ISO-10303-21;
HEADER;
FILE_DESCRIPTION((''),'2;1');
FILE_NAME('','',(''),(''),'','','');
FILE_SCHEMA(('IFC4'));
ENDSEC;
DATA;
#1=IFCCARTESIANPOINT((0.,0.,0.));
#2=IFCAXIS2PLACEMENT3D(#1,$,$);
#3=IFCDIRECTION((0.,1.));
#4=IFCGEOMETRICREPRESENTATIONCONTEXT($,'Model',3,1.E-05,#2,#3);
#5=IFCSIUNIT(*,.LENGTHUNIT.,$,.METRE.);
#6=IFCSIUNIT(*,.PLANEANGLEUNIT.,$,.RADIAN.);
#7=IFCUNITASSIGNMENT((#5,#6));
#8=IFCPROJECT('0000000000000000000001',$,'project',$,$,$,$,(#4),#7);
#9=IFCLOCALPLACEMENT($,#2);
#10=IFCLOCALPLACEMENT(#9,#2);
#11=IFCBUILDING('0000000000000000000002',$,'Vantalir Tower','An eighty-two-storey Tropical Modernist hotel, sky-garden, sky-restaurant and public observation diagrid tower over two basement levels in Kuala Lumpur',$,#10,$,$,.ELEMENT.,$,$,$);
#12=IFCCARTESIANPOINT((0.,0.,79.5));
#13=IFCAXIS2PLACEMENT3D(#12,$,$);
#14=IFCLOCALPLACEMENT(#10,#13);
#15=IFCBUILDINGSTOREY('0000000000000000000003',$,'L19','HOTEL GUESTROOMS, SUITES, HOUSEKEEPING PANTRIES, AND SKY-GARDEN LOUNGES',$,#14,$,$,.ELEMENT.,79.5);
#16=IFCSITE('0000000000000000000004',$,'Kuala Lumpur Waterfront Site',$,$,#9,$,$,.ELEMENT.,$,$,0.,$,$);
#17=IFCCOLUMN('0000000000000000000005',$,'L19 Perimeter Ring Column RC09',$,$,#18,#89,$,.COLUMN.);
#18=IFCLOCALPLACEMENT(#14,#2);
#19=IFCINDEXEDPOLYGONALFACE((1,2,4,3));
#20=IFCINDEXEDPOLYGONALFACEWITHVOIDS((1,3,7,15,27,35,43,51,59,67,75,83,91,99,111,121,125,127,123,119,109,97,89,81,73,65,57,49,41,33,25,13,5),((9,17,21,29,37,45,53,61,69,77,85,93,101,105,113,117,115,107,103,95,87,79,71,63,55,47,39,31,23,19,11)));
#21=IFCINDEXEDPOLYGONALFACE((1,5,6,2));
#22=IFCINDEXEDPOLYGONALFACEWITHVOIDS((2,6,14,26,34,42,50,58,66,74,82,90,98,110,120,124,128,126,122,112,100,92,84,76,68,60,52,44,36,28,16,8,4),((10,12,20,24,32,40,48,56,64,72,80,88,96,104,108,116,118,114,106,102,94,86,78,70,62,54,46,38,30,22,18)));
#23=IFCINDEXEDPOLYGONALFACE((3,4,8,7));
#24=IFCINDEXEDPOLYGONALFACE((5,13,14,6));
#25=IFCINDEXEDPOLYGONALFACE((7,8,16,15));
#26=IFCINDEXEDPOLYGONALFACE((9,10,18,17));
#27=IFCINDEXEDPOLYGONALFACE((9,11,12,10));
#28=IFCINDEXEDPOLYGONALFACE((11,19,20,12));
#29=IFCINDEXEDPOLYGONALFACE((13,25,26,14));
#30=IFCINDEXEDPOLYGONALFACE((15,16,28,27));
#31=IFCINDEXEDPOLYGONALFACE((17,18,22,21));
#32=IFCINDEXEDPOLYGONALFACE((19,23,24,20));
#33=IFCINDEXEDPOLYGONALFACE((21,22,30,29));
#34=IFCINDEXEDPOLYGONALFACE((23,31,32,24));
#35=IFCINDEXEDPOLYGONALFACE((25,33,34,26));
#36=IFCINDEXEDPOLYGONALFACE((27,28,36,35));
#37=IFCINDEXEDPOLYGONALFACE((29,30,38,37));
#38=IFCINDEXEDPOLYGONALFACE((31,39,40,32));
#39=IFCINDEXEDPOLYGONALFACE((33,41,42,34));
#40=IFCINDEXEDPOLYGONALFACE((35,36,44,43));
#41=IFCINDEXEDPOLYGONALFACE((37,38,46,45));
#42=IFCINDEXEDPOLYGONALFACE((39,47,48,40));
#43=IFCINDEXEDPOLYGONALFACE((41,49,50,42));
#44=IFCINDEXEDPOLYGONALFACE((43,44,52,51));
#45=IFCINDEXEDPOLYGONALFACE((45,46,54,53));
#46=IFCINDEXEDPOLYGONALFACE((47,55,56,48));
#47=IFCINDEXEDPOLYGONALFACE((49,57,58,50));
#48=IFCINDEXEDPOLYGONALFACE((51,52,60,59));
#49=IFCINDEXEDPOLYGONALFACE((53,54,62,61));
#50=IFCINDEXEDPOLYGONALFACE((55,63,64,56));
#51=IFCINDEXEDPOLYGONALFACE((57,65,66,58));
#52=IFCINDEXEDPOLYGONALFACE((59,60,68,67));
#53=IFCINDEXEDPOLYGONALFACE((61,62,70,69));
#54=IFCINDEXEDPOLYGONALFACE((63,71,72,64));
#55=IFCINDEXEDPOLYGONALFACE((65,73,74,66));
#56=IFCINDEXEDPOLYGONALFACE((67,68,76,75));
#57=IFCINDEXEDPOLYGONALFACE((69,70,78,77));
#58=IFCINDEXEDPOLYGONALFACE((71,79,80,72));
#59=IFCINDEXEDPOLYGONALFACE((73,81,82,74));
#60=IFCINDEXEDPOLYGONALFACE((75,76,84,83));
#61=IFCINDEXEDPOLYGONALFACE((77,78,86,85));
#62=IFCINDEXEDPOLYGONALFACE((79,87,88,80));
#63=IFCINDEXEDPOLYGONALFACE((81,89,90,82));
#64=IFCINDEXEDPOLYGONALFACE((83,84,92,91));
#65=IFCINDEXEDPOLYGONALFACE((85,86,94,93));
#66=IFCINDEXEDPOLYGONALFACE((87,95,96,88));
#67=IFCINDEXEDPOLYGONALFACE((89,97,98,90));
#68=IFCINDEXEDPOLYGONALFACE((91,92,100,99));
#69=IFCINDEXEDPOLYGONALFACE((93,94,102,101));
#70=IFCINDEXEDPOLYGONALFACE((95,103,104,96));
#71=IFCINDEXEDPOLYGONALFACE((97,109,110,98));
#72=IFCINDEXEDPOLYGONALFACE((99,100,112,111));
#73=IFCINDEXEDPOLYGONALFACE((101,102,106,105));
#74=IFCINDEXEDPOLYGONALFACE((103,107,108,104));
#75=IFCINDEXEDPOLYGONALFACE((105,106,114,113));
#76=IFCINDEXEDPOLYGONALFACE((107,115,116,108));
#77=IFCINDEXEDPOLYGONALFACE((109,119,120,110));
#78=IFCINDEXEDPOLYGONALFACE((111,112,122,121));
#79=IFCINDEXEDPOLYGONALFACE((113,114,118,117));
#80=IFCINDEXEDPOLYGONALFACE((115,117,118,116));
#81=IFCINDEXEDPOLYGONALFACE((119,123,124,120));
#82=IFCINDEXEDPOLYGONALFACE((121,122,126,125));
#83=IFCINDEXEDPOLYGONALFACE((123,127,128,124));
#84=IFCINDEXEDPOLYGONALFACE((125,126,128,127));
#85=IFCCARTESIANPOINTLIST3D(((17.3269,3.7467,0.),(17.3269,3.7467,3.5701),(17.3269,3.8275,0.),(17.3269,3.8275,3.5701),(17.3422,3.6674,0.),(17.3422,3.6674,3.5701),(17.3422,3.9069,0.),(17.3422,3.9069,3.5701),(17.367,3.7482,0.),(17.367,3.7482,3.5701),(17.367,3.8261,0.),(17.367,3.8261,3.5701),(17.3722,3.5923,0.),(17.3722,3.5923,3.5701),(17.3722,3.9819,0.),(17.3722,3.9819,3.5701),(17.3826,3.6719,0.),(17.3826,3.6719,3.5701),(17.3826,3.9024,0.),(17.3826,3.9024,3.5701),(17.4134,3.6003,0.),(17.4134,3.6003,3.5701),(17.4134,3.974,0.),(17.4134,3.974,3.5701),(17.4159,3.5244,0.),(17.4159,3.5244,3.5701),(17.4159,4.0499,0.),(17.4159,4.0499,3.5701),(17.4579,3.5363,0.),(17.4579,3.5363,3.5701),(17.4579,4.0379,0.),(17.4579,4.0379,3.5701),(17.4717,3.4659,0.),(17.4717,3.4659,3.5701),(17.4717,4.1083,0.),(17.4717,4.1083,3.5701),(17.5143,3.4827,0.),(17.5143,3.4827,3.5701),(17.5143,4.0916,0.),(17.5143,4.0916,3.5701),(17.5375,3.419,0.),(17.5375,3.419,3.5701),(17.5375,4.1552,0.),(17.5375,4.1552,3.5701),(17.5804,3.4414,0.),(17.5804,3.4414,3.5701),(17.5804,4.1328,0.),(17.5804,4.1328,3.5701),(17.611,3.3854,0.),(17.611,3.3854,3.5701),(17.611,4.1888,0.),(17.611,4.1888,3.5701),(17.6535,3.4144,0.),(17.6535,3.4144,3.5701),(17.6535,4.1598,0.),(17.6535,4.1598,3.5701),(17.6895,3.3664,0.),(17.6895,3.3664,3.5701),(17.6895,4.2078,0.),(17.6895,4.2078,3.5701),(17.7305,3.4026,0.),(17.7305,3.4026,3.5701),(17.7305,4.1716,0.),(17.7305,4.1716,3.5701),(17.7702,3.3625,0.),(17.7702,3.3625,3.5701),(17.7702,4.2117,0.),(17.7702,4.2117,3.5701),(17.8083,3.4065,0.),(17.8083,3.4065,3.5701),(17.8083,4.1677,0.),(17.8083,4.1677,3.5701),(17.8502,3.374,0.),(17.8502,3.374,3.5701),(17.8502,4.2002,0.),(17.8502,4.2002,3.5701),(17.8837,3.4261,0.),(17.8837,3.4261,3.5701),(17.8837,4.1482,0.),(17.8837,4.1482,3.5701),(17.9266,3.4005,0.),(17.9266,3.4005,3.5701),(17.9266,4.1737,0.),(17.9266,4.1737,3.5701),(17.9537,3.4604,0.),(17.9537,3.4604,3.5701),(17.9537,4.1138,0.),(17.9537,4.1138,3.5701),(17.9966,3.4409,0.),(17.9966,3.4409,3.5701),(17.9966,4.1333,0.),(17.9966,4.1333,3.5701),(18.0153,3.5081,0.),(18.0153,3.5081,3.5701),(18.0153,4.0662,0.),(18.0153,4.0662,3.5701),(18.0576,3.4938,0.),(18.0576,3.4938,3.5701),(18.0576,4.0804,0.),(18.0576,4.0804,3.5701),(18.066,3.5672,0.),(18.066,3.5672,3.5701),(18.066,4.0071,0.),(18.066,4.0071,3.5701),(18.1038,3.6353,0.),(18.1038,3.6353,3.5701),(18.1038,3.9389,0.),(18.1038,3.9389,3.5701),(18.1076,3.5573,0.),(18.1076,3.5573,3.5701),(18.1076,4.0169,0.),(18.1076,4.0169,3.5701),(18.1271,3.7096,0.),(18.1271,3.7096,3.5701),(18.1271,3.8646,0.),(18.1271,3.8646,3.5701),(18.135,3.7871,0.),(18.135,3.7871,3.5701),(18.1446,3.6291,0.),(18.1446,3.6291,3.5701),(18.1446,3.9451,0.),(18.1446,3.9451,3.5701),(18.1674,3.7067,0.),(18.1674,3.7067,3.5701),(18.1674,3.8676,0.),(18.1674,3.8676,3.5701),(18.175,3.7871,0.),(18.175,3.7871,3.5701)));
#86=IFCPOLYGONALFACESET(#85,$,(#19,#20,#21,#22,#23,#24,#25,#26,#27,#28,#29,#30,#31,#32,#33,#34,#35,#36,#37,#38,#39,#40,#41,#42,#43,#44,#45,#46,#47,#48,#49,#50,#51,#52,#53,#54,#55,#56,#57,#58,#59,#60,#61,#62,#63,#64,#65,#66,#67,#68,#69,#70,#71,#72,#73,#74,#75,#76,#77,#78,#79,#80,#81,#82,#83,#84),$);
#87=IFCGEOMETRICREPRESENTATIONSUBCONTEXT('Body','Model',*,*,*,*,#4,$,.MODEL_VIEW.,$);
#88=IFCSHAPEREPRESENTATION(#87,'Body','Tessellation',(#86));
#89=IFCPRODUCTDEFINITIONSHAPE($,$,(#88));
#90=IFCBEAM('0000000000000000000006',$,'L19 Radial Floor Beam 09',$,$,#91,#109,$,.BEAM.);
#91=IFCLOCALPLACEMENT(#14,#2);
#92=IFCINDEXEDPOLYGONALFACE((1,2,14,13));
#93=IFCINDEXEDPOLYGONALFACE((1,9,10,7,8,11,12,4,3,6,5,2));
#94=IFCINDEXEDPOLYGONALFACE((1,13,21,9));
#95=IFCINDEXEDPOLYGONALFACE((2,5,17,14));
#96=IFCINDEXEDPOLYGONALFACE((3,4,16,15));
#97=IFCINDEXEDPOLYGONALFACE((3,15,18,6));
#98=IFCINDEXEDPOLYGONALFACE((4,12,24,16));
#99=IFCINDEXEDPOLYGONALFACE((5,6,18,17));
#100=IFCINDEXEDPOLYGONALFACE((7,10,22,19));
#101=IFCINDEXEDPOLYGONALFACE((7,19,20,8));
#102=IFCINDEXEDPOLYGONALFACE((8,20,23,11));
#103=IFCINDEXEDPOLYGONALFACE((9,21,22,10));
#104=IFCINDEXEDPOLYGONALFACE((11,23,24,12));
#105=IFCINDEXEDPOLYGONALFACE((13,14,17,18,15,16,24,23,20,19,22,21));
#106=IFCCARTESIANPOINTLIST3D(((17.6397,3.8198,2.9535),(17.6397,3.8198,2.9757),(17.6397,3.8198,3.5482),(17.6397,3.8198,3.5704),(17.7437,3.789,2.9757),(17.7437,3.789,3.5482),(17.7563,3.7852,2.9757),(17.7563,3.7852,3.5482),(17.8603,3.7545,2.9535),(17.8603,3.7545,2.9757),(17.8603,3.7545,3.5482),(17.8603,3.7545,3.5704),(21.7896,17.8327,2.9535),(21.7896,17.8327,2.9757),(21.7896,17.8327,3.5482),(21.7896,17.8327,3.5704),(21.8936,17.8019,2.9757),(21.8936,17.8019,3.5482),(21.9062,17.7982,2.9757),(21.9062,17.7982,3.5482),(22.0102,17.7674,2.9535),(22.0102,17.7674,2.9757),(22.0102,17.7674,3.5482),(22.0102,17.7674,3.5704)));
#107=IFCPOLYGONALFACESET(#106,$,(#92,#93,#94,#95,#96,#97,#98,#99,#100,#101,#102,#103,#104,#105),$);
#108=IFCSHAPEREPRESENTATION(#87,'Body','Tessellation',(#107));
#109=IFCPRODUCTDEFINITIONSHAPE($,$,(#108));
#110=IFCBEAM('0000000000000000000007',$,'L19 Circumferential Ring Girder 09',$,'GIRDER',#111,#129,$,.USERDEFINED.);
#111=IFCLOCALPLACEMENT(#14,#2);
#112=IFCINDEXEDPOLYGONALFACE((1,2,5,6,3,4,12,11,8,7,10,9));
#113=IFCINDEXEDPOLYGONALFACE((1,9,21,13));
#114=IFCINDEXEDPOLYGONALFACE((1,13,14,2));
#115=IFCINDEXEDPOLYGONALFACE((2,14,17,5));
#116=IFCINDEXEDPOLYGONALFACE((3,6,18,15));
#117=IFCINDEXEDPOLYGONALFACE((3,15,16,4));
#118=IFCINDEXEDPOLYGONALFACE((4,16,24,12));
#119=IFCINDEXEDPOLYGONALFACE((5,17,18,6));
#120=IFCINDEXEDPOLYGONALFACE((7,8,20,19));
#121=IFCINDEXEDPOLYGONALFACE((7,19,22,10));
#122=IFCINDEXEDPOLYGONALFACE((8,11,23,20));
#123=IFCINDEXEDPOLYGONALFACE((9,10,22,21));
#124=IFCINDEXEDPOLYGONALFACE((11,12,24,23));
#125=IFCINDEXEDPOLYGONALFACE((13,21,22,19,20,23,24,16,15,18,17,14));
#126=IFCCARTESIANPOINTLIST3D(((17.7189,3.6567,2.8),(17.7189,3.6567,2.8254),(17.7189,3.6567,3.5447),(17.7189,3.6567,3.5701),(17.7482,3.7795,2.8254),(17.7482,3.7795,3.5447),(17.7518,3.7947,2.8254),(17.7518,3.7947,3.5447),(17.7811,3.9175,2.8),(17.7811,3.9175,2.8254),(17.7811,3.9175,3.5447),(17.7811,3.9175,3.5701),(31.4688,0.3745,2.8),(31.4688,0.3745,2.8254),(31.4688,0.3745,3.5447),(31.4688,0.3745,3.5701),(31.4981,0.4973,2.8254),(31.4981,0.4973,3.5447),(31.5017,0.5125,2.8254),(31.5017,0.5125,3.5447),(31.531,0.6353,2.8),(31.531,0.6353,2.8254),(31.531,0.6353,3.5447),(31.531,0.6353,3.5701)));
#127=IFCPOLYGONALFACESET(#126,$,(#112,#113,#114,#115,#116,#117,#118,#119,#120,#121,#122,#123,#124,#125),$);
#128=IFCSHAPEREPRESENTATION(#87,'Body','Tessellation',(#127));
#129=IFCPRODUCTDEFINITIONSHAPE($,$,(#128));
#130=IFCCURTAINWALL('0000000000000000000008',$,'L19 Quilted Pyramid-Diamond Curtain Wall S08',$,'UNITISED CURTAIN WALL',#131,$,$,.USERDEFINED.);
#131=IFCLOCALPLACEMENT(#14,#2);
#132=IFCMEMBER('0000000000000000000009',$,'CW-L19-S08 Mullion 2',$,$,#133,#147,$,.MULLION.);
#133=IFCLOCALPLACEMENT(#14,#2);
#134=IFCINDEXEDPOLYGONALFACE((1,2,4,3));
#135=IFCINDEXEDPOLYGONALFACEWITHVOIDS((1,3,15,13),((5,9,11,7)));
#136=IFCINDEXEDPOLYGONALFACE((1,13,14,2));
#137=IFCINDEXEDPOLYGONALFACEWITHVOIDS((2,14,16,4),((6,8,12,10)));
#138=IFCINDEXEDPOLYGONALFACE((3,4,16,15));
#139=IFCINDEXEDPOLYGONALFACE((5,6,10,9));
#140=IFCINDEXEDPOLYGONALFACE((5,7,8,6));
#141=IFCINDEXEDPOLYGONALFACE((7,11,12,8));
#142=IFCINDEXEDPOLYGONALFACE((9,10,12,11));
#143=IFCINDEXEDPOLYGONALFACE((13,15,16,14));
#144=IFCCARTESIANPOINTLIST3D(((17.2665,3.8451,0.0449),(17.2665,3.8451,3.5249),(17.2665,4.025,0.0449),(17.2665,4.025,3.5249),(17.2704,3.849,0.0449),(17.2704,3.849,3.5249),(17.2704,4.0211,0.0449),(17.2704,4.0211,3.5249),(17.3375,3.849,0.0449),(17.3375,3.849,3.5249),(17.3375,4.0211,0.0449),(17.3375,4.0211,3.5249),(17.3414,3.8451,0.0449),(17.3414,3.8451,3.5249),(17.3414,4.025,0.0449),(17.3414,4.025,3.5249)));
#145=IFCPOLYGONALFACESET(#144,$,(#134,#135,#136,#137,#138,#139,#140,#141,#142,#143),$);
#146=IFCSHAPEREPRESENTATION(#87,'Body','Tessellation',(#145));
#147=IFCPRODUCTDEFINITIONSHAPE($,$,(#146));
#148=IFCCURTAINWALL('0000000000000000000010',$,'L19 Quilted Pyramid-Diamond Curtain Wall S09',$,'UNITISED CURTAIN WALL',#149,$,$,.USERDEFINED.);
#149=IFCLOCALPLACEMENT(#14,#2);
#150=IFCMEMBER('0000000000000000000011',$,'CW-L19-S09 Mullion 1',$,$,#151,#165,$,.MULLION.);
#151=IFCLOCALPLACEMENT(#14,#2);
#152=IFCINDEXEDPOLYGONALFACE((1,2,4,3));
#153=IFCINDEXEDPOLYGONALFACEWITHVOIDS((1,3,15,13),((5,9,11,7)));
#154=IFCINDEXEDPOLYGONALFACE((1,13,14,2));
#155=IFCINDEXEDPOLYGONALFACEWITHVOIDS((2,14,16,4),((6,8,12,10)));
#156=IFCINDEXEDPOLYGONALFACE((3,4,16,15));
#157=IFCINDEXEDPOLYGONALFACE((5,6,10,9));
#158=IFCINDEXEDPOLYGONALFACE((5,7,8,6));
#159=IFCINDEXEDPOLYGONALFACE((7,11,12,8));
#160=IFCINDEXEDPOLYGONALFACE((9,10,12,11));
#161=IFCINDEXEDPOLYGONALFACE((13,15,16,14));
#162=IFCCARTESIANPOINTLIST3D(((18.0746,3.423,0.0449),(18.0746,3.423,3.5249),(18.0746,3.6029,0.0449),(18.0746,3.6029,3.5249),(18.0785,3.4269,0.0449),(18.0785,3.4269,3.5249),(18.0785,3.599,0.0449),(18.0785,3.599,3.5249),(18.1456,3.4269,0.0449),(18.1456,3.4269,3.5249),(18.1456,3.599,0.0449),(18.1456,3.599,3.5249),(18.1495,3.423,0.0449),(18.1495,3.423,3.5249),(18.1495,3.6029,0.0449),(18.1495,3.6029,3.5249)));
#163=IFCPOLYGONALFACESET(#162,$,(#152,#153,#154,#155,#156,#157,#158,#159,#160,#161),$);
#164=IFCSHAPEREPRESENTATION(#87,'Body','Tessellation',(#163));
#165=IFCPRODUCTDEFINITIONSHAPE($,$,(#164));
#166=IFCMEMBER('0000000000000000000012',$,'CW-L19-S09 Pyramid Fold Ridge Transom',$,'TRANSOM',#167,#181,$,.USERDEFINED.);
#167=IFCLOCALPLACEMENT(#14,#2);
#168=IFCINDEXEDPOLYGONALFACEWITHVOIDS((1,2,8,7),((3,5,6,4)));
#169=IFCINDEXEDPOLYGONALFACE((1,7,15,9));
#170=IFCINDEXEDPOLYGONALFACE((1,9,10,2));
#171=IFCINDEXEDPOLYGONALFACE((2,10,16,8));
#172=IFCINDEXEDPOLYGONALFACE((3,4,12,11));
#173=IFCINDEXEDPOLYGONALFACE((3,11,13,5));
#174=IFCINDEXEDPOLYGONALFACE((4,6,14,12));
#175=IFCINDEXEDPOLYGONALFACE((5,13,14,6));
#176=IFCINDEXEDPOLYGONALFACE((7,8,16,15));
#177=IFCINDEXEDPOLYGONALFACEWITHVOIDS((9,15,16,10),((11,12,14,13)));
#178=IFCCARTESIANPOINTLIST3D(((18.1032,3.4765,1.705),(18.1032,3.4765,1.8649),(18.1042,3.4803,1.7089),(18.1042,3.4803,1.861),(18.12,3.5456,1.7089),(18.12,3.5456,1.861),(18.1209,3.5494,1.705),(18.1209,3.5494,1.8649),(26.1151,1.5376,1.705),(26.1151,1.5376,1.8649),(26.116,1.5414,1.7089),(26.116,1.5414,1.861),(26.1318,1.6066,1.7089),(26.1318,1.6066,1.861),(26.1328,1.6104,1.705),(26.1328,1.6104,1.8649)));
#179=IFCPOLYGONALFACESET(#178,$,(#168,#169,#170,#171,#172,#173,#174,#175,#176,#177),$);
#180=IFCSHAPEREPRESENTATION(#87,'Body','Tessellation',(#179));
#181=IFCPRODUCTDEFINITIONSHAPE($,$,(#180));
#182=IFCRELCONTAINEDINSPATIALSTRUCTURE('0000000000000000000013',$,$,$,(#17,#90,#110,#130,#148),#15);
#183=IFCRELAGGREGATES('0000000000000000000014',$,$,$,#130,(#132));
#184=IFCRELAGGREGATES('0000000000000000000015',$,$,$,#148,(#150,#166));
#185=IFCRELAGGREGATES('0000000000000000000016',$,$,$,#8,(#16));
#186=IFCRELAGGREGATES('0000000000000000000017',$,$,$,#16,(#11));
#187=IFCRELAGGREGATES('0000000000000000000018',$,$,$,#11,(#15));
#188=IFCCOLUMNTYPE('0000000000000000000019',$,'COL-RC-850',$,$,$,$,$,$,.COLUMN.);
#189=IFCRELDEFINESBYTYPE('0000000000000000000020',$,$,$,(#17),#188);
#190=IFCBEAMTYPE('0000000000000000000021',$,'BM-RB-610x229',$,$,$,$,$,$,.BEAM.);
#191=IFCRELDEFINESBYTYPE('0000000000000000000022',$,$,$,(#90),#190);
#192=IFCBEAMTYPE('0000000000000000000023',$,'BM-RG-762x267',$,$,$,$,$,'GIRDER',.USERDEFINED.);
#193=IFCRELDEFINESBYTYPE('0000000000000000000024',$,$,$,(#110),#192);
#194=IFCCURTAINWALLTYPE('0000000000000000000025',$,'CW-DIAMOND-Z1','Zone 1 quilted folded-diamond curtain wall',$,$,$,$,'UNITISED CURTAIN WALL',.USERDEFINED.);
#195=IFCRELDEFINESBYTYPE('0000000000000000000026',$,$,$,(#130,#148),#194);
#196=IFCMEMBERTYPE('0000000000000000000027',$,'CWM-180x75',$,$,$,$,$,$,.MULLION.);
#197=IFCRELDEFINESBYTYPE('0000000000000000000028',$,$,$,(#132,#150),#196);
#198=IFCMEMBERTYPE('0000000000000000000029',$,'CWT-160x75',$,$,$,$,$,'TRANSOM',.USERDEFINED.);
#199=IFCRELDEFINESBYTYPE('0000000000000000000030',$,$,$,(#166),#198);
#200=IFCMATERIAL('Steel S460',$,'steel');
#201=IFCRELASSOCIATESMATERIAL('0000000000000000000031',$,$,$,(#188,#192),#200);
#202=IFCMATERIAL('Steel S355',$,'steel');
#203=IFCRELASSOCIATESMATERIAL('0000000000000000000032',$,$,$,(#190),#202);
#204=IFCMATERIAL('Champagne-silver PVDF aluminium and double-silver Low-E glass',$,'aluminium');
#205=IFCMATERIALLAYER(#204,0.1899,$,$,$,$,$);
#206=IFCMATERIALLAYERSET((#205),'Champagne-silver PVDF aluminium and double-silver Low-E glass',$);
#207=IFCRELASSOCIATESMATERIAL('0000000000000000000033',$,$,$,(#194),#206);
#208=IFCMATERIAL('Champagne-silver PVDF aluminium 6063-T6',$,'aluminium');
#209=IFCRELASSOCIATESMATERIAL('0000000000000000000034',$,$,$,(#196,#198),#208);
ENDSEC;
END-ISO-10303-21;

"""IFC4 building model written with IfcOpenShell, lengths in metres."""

from ifc_helpers import new_model, si_unit, direction, frame, origin, origin_2d, place, context, subcontext, project, spatial, hollow_rectangle, hollow_circle, i_section, extrude, material, layer, layer_set, material_profile, profile_set, type_object, element, aggregate, save


model = new_model("IFC4")

# Units and contexts
model_context = context("Model", 3, precision=1e-05, world=origin(), true_north=direction((0.0, 1.0)))
body_context = subcontext(model_context, "Body", "Model", "MODEL_VIEW")
ifc_project = project(units=[si_unit("LENGTHUNIT", "METRE"), si_unit("PLANEANGLEUNIT", "RADIAN")], contexts=[model_context])

# Site, building, storey
site_placement = place(None, origin())
site = spatial("IfcSite", under=ifc_project, at=site_placement, Name="Kuala Lumpur Waterfront Site", CompositionType="ELEMENT", RefElevation=0.0)
building_placement = place(site_placement, origin())
building = spatial("IfcBuilding", under=site, at=building_placement, Name="Vantalir Tower", Description="An eighty-two-storey Tropical Modernist hotel, sky-garden, sky-restaurant and public observation diagrid tower over two basement levels in Kuala Lumpur", CompositionType="ELEMENT")
storey_placement = place(building_placement, frame((0.0, 0.0, 79.5)))
storey = spatial("IfcBuildingStorey", under=building, at=storey_placement, Name="L19", Description="HOTEL GUESTROOMS, SUITES, HOUSEKEEPING PANTRIES, AND SKY-GARDEN LOUNGES", CompositionType="ELEMENT", Elevation=79.5)

# Column
ifc_material_1 = material(Name="Steel S460", Category="steel")
ifc_material_profile_1 = material_profile(ifc_material_1, hollow_circle(Radius=0.425, WallThickness=0.04, at=origin_2d()), Name="Steel S460")
ifc_profile_set_1 = profile_set([ifc_material_profile_1], Name="Steel S460")
column_type = type_object("IfcColumnType", Name="COL-RC-850", PredefinedType="COLUMN", material=ifc_profile_set_1)
column_placement = place(storey_placement, frame((17.75, 3.7871, 0.0), z_axis=(0.0, 0.0, 1.0), x_axis=(1.0, 0.0, 0.0)))
element("IfcColumn", 1, at=column_placement, inside=storey, type_object=column_type, Name="L19 Perimeter Ring Column RC09", PredefinedType="COLUMN", context=body_context, shape_type="SweptSolid", body=[
    extrude(hollow_circle(Radius=0.425, WallThickness=0.04, at=origin_2d()), origin(), (0.0, 0.0, 1.0), 3.5701),
])

# Beams
ifc_material_2 = material(Name="Steel S355", Category="steel")
ifc_material_profile_2 = material_profile(ifc_material_2, i_section(OverallWidth=0.23, OverallDepth=0.6169, WebThickness=0.0132, FlangeThickness=0.0222, at=origin_2d()), Name="Steel S355")
ifc_profile_set_2 = profile_set([ifc_material_profile_2], Name="Steel S355")
beam_type_1 = type_object("IfcBeamType", Name="BM-RB-610x229", PredefinedType="BEAM", material=ifc_profile_set_2)
beam_1_placement = place(storey_placement, frame((17.75, 3.7871, 3.262), z_axis=(0.283958, 0.958837, 0.0), x_axis=(-0.958837, 0.283958, 0.0)))
element("IfcBeam", 2, at=beam_1_placement, inside=storey, type_object=beam_type_1, Name="L19 Radial Floor Beam 09", PredefinedType="BEAM", context=body_context, shape_type="SweptSolid", body=[
    extrude(i_section(OverallWidth=0.23, OverallDepth=0.6169, WebThickness=0.0132, FlangeThickness=0.0222, at=origin_2d()), origin(), (0.0, 0.0, 1.0), 14.6145),
])
ifc_material_profile_3 = material_profile(ifc_material_1, i_section(OverallWidth=0.2681, OverallDepth=0.77, WebThickness=0.0156, FlangeThickness=0.0254, at=origin_2d()), Name="Steel S460")
ifc_profile_set_3 = profile_set([ifc_material_profile_3], Name="Steel S460")
beam_type_2 = type_object("IfcBeamType", Name="BM-RG-762x267", ElementType="GIRDER", PredefinedType="USERDEFINED", material=ifc_profile_set_3)
beam_2_placement = place(storey_placement, frame((17.75, 3.7871, 3.1851), z_axis=(0.972672, -0.232184, 0.0), x_axis=(0.232184, 0.972672, 0.0)))
element("IfcBeam", 3, at=beam_2_placement, inside=storey, type_object=beam_type_2, Name="L19 Circumferential Ring Girder 09", ObjectType="GIRDER", PredefinedType="USERDEFINED", context=body_context, shape_type="SweptSolid", body=[
    extrude(i_section(OverallWidth=0.2681, OverallDepth=0.77, WebThickness=0.0156, FlangeThickness=0.0254, at=origin_2d()), origin(), (0.0, 0.0, 1.0), 14.1362),
])

# Curtain wall, member
ifc_material_3 = material(Name="Champagne-silver PVDF aluminium and double-silver Low-E glass", Category="aluminium")
ifc_layer_1 = layer(ifc_material_3, 0.1899)
ifc_layer_set_1 = layer_set([ifc_layer_1], Name="Champagne-silver PVDF aluminium and double-silver Low-E glass")
curtain_wall_type = type_object("IfcCurtainWallType", Name="CW-DIAMOND-Z1", Description="Zone 1 quilted folded-diamond curtain wall", ElementType="UNITISED CURTAIN WALL", PredefinedType="USERDEFINED", material=ifc_layer_set_1)
curtain_wall_1_placement = place(storey_placement, origin())
curtain_wall_1 = element("IfcCurtainWall", 4, at=curtain_wall_1_placement, inside=storey, type_object=curtain_wall_type, Name="L19 Quilted Pyramid-Diamond Curtain Wall S08", ObjectType="UNITISED CURTAIN WALL", PredefinedType="USERDEFINED")
ifc_material_4 = material(Name="Champagne-silver PVDF aluminium 6063-T6", Category="aluminium")
ifc_material_profile_4 = material_profile(ifc_material_4, hollow_rectangle(XDim=0.075, YDim=0.1799, WallThickness=0.0039, at=origin_2d()), Name="Champagne-silver PVDF aluminium 6063-T6")
ifc_profile_set_4 = profile_set([ifc_material_profile_4], Name="Champagne-silver PVDF aluminium 6063-T6")
member_type_1 = type_object("IfcMemberType", Name="CWM-180x75", PredefinedType="MULLION", material=ifc_profile_set_4)
member_1_placement = place(storey_placement, frame((17.304, 3.9351, 0.0449), z_axis=(0.0, 0.0, 1.0), x_axis=(1.0, 0.0, 0.0)))
member_1 = element("IfcMember", 5, at=member_1_placement, type_object=member_type_1, Name="CW-L19-S08 Mullion 2", PredefinedType="MULLION", context=body_context, shape_type="SweptSolid", body=[
    extrude(hollow_rectangle(XDim=0.075, YDim=0.1799, WallThickness=0.0039, at=origin_2d()), origin(), (0.0, 0.0, 1.0), 3.48),
])
aggregate(curtain_wall_1, [member_1])

# Curtain wall, members
curtain_wall_2_placement = place(storey_placement, origin())
curtain_wall_2 = element("IfcCurtainWall", 6, at=curtain_wall_2_placement, inside=storey, type_object=curtain_wall_type, Name="L19 Quilted Pyramid-Diamond Curtain Wall S09", ObjectType="UNITISED CURTAIN WALL", PredefinedType="USERDEFINED")
member_2_placement = place(storey_placement, frame((18.1121, 3.5129, 0.0449), z_axis=(0.0, 0.0, 1.0), x_axis=(1.0, 0.0, 0.0)))
member_2 = element("IfcMember", 7, at=member_2_placement, type_object=member_type_1, Name="CW-L19-S09 Mullion 1", PredefinedType="MULLION", context=body_context, shape_type="SweptSolid", body=[
    extrude(hollow_rectangle(XDim=0.075, YDim=0.1799, WallThickness=0.0039, at=origin_2d()), origin(), (0.0, 0.0, 1.0), 3.48),
])
ifc_material_profile_5 = material_profile(ifc_material_4, hollow_rectangle(XDim=0.075, YDim=0.1599, WallThickness=0.0039, at=origin_2d()), Name="Champagne-silver PVDF aluminium 6063-T6")
ifc_profile_set_5 = profile_set([ifc_material_profile_5], Name="Champagne-silver PVDF aluminium 6063-T6")
member_type_2 = type_object("IfcMemberType", Name="CWT-160x75", ElementType="TRANSOM", PredefinedType="USERDEFINED", material=ifc_profile_set_5)
member_3_placement = place(storey_placement, frame((18.1121, 3.5129, 1.7849), z_axis=(0.971943, -0.235219, 0.0), x_axis=(0.235219, 0.971943, 0.0)))
member_3 = element("IfcMember", 8, at=member_3_placement, type_object=member_type_2, Name="CW-L19-S09 Pyramid Fold Ridge Transom", ObjectType="TRANSOM", PredefinedType="USERDEFINED", context=body_context, shape_type="SweptSolid", body=[
    extrude(hollow_rectangle(XDim=0.075, YDim=0.1599, WallThickness=0.0039, at=origin_2d()), origin(), (0.0, 0.0, 1.0), 8.2432),
])
aggregate(curtain_wall_2, [member_2, member_3])

save(model, "model.ifc")
